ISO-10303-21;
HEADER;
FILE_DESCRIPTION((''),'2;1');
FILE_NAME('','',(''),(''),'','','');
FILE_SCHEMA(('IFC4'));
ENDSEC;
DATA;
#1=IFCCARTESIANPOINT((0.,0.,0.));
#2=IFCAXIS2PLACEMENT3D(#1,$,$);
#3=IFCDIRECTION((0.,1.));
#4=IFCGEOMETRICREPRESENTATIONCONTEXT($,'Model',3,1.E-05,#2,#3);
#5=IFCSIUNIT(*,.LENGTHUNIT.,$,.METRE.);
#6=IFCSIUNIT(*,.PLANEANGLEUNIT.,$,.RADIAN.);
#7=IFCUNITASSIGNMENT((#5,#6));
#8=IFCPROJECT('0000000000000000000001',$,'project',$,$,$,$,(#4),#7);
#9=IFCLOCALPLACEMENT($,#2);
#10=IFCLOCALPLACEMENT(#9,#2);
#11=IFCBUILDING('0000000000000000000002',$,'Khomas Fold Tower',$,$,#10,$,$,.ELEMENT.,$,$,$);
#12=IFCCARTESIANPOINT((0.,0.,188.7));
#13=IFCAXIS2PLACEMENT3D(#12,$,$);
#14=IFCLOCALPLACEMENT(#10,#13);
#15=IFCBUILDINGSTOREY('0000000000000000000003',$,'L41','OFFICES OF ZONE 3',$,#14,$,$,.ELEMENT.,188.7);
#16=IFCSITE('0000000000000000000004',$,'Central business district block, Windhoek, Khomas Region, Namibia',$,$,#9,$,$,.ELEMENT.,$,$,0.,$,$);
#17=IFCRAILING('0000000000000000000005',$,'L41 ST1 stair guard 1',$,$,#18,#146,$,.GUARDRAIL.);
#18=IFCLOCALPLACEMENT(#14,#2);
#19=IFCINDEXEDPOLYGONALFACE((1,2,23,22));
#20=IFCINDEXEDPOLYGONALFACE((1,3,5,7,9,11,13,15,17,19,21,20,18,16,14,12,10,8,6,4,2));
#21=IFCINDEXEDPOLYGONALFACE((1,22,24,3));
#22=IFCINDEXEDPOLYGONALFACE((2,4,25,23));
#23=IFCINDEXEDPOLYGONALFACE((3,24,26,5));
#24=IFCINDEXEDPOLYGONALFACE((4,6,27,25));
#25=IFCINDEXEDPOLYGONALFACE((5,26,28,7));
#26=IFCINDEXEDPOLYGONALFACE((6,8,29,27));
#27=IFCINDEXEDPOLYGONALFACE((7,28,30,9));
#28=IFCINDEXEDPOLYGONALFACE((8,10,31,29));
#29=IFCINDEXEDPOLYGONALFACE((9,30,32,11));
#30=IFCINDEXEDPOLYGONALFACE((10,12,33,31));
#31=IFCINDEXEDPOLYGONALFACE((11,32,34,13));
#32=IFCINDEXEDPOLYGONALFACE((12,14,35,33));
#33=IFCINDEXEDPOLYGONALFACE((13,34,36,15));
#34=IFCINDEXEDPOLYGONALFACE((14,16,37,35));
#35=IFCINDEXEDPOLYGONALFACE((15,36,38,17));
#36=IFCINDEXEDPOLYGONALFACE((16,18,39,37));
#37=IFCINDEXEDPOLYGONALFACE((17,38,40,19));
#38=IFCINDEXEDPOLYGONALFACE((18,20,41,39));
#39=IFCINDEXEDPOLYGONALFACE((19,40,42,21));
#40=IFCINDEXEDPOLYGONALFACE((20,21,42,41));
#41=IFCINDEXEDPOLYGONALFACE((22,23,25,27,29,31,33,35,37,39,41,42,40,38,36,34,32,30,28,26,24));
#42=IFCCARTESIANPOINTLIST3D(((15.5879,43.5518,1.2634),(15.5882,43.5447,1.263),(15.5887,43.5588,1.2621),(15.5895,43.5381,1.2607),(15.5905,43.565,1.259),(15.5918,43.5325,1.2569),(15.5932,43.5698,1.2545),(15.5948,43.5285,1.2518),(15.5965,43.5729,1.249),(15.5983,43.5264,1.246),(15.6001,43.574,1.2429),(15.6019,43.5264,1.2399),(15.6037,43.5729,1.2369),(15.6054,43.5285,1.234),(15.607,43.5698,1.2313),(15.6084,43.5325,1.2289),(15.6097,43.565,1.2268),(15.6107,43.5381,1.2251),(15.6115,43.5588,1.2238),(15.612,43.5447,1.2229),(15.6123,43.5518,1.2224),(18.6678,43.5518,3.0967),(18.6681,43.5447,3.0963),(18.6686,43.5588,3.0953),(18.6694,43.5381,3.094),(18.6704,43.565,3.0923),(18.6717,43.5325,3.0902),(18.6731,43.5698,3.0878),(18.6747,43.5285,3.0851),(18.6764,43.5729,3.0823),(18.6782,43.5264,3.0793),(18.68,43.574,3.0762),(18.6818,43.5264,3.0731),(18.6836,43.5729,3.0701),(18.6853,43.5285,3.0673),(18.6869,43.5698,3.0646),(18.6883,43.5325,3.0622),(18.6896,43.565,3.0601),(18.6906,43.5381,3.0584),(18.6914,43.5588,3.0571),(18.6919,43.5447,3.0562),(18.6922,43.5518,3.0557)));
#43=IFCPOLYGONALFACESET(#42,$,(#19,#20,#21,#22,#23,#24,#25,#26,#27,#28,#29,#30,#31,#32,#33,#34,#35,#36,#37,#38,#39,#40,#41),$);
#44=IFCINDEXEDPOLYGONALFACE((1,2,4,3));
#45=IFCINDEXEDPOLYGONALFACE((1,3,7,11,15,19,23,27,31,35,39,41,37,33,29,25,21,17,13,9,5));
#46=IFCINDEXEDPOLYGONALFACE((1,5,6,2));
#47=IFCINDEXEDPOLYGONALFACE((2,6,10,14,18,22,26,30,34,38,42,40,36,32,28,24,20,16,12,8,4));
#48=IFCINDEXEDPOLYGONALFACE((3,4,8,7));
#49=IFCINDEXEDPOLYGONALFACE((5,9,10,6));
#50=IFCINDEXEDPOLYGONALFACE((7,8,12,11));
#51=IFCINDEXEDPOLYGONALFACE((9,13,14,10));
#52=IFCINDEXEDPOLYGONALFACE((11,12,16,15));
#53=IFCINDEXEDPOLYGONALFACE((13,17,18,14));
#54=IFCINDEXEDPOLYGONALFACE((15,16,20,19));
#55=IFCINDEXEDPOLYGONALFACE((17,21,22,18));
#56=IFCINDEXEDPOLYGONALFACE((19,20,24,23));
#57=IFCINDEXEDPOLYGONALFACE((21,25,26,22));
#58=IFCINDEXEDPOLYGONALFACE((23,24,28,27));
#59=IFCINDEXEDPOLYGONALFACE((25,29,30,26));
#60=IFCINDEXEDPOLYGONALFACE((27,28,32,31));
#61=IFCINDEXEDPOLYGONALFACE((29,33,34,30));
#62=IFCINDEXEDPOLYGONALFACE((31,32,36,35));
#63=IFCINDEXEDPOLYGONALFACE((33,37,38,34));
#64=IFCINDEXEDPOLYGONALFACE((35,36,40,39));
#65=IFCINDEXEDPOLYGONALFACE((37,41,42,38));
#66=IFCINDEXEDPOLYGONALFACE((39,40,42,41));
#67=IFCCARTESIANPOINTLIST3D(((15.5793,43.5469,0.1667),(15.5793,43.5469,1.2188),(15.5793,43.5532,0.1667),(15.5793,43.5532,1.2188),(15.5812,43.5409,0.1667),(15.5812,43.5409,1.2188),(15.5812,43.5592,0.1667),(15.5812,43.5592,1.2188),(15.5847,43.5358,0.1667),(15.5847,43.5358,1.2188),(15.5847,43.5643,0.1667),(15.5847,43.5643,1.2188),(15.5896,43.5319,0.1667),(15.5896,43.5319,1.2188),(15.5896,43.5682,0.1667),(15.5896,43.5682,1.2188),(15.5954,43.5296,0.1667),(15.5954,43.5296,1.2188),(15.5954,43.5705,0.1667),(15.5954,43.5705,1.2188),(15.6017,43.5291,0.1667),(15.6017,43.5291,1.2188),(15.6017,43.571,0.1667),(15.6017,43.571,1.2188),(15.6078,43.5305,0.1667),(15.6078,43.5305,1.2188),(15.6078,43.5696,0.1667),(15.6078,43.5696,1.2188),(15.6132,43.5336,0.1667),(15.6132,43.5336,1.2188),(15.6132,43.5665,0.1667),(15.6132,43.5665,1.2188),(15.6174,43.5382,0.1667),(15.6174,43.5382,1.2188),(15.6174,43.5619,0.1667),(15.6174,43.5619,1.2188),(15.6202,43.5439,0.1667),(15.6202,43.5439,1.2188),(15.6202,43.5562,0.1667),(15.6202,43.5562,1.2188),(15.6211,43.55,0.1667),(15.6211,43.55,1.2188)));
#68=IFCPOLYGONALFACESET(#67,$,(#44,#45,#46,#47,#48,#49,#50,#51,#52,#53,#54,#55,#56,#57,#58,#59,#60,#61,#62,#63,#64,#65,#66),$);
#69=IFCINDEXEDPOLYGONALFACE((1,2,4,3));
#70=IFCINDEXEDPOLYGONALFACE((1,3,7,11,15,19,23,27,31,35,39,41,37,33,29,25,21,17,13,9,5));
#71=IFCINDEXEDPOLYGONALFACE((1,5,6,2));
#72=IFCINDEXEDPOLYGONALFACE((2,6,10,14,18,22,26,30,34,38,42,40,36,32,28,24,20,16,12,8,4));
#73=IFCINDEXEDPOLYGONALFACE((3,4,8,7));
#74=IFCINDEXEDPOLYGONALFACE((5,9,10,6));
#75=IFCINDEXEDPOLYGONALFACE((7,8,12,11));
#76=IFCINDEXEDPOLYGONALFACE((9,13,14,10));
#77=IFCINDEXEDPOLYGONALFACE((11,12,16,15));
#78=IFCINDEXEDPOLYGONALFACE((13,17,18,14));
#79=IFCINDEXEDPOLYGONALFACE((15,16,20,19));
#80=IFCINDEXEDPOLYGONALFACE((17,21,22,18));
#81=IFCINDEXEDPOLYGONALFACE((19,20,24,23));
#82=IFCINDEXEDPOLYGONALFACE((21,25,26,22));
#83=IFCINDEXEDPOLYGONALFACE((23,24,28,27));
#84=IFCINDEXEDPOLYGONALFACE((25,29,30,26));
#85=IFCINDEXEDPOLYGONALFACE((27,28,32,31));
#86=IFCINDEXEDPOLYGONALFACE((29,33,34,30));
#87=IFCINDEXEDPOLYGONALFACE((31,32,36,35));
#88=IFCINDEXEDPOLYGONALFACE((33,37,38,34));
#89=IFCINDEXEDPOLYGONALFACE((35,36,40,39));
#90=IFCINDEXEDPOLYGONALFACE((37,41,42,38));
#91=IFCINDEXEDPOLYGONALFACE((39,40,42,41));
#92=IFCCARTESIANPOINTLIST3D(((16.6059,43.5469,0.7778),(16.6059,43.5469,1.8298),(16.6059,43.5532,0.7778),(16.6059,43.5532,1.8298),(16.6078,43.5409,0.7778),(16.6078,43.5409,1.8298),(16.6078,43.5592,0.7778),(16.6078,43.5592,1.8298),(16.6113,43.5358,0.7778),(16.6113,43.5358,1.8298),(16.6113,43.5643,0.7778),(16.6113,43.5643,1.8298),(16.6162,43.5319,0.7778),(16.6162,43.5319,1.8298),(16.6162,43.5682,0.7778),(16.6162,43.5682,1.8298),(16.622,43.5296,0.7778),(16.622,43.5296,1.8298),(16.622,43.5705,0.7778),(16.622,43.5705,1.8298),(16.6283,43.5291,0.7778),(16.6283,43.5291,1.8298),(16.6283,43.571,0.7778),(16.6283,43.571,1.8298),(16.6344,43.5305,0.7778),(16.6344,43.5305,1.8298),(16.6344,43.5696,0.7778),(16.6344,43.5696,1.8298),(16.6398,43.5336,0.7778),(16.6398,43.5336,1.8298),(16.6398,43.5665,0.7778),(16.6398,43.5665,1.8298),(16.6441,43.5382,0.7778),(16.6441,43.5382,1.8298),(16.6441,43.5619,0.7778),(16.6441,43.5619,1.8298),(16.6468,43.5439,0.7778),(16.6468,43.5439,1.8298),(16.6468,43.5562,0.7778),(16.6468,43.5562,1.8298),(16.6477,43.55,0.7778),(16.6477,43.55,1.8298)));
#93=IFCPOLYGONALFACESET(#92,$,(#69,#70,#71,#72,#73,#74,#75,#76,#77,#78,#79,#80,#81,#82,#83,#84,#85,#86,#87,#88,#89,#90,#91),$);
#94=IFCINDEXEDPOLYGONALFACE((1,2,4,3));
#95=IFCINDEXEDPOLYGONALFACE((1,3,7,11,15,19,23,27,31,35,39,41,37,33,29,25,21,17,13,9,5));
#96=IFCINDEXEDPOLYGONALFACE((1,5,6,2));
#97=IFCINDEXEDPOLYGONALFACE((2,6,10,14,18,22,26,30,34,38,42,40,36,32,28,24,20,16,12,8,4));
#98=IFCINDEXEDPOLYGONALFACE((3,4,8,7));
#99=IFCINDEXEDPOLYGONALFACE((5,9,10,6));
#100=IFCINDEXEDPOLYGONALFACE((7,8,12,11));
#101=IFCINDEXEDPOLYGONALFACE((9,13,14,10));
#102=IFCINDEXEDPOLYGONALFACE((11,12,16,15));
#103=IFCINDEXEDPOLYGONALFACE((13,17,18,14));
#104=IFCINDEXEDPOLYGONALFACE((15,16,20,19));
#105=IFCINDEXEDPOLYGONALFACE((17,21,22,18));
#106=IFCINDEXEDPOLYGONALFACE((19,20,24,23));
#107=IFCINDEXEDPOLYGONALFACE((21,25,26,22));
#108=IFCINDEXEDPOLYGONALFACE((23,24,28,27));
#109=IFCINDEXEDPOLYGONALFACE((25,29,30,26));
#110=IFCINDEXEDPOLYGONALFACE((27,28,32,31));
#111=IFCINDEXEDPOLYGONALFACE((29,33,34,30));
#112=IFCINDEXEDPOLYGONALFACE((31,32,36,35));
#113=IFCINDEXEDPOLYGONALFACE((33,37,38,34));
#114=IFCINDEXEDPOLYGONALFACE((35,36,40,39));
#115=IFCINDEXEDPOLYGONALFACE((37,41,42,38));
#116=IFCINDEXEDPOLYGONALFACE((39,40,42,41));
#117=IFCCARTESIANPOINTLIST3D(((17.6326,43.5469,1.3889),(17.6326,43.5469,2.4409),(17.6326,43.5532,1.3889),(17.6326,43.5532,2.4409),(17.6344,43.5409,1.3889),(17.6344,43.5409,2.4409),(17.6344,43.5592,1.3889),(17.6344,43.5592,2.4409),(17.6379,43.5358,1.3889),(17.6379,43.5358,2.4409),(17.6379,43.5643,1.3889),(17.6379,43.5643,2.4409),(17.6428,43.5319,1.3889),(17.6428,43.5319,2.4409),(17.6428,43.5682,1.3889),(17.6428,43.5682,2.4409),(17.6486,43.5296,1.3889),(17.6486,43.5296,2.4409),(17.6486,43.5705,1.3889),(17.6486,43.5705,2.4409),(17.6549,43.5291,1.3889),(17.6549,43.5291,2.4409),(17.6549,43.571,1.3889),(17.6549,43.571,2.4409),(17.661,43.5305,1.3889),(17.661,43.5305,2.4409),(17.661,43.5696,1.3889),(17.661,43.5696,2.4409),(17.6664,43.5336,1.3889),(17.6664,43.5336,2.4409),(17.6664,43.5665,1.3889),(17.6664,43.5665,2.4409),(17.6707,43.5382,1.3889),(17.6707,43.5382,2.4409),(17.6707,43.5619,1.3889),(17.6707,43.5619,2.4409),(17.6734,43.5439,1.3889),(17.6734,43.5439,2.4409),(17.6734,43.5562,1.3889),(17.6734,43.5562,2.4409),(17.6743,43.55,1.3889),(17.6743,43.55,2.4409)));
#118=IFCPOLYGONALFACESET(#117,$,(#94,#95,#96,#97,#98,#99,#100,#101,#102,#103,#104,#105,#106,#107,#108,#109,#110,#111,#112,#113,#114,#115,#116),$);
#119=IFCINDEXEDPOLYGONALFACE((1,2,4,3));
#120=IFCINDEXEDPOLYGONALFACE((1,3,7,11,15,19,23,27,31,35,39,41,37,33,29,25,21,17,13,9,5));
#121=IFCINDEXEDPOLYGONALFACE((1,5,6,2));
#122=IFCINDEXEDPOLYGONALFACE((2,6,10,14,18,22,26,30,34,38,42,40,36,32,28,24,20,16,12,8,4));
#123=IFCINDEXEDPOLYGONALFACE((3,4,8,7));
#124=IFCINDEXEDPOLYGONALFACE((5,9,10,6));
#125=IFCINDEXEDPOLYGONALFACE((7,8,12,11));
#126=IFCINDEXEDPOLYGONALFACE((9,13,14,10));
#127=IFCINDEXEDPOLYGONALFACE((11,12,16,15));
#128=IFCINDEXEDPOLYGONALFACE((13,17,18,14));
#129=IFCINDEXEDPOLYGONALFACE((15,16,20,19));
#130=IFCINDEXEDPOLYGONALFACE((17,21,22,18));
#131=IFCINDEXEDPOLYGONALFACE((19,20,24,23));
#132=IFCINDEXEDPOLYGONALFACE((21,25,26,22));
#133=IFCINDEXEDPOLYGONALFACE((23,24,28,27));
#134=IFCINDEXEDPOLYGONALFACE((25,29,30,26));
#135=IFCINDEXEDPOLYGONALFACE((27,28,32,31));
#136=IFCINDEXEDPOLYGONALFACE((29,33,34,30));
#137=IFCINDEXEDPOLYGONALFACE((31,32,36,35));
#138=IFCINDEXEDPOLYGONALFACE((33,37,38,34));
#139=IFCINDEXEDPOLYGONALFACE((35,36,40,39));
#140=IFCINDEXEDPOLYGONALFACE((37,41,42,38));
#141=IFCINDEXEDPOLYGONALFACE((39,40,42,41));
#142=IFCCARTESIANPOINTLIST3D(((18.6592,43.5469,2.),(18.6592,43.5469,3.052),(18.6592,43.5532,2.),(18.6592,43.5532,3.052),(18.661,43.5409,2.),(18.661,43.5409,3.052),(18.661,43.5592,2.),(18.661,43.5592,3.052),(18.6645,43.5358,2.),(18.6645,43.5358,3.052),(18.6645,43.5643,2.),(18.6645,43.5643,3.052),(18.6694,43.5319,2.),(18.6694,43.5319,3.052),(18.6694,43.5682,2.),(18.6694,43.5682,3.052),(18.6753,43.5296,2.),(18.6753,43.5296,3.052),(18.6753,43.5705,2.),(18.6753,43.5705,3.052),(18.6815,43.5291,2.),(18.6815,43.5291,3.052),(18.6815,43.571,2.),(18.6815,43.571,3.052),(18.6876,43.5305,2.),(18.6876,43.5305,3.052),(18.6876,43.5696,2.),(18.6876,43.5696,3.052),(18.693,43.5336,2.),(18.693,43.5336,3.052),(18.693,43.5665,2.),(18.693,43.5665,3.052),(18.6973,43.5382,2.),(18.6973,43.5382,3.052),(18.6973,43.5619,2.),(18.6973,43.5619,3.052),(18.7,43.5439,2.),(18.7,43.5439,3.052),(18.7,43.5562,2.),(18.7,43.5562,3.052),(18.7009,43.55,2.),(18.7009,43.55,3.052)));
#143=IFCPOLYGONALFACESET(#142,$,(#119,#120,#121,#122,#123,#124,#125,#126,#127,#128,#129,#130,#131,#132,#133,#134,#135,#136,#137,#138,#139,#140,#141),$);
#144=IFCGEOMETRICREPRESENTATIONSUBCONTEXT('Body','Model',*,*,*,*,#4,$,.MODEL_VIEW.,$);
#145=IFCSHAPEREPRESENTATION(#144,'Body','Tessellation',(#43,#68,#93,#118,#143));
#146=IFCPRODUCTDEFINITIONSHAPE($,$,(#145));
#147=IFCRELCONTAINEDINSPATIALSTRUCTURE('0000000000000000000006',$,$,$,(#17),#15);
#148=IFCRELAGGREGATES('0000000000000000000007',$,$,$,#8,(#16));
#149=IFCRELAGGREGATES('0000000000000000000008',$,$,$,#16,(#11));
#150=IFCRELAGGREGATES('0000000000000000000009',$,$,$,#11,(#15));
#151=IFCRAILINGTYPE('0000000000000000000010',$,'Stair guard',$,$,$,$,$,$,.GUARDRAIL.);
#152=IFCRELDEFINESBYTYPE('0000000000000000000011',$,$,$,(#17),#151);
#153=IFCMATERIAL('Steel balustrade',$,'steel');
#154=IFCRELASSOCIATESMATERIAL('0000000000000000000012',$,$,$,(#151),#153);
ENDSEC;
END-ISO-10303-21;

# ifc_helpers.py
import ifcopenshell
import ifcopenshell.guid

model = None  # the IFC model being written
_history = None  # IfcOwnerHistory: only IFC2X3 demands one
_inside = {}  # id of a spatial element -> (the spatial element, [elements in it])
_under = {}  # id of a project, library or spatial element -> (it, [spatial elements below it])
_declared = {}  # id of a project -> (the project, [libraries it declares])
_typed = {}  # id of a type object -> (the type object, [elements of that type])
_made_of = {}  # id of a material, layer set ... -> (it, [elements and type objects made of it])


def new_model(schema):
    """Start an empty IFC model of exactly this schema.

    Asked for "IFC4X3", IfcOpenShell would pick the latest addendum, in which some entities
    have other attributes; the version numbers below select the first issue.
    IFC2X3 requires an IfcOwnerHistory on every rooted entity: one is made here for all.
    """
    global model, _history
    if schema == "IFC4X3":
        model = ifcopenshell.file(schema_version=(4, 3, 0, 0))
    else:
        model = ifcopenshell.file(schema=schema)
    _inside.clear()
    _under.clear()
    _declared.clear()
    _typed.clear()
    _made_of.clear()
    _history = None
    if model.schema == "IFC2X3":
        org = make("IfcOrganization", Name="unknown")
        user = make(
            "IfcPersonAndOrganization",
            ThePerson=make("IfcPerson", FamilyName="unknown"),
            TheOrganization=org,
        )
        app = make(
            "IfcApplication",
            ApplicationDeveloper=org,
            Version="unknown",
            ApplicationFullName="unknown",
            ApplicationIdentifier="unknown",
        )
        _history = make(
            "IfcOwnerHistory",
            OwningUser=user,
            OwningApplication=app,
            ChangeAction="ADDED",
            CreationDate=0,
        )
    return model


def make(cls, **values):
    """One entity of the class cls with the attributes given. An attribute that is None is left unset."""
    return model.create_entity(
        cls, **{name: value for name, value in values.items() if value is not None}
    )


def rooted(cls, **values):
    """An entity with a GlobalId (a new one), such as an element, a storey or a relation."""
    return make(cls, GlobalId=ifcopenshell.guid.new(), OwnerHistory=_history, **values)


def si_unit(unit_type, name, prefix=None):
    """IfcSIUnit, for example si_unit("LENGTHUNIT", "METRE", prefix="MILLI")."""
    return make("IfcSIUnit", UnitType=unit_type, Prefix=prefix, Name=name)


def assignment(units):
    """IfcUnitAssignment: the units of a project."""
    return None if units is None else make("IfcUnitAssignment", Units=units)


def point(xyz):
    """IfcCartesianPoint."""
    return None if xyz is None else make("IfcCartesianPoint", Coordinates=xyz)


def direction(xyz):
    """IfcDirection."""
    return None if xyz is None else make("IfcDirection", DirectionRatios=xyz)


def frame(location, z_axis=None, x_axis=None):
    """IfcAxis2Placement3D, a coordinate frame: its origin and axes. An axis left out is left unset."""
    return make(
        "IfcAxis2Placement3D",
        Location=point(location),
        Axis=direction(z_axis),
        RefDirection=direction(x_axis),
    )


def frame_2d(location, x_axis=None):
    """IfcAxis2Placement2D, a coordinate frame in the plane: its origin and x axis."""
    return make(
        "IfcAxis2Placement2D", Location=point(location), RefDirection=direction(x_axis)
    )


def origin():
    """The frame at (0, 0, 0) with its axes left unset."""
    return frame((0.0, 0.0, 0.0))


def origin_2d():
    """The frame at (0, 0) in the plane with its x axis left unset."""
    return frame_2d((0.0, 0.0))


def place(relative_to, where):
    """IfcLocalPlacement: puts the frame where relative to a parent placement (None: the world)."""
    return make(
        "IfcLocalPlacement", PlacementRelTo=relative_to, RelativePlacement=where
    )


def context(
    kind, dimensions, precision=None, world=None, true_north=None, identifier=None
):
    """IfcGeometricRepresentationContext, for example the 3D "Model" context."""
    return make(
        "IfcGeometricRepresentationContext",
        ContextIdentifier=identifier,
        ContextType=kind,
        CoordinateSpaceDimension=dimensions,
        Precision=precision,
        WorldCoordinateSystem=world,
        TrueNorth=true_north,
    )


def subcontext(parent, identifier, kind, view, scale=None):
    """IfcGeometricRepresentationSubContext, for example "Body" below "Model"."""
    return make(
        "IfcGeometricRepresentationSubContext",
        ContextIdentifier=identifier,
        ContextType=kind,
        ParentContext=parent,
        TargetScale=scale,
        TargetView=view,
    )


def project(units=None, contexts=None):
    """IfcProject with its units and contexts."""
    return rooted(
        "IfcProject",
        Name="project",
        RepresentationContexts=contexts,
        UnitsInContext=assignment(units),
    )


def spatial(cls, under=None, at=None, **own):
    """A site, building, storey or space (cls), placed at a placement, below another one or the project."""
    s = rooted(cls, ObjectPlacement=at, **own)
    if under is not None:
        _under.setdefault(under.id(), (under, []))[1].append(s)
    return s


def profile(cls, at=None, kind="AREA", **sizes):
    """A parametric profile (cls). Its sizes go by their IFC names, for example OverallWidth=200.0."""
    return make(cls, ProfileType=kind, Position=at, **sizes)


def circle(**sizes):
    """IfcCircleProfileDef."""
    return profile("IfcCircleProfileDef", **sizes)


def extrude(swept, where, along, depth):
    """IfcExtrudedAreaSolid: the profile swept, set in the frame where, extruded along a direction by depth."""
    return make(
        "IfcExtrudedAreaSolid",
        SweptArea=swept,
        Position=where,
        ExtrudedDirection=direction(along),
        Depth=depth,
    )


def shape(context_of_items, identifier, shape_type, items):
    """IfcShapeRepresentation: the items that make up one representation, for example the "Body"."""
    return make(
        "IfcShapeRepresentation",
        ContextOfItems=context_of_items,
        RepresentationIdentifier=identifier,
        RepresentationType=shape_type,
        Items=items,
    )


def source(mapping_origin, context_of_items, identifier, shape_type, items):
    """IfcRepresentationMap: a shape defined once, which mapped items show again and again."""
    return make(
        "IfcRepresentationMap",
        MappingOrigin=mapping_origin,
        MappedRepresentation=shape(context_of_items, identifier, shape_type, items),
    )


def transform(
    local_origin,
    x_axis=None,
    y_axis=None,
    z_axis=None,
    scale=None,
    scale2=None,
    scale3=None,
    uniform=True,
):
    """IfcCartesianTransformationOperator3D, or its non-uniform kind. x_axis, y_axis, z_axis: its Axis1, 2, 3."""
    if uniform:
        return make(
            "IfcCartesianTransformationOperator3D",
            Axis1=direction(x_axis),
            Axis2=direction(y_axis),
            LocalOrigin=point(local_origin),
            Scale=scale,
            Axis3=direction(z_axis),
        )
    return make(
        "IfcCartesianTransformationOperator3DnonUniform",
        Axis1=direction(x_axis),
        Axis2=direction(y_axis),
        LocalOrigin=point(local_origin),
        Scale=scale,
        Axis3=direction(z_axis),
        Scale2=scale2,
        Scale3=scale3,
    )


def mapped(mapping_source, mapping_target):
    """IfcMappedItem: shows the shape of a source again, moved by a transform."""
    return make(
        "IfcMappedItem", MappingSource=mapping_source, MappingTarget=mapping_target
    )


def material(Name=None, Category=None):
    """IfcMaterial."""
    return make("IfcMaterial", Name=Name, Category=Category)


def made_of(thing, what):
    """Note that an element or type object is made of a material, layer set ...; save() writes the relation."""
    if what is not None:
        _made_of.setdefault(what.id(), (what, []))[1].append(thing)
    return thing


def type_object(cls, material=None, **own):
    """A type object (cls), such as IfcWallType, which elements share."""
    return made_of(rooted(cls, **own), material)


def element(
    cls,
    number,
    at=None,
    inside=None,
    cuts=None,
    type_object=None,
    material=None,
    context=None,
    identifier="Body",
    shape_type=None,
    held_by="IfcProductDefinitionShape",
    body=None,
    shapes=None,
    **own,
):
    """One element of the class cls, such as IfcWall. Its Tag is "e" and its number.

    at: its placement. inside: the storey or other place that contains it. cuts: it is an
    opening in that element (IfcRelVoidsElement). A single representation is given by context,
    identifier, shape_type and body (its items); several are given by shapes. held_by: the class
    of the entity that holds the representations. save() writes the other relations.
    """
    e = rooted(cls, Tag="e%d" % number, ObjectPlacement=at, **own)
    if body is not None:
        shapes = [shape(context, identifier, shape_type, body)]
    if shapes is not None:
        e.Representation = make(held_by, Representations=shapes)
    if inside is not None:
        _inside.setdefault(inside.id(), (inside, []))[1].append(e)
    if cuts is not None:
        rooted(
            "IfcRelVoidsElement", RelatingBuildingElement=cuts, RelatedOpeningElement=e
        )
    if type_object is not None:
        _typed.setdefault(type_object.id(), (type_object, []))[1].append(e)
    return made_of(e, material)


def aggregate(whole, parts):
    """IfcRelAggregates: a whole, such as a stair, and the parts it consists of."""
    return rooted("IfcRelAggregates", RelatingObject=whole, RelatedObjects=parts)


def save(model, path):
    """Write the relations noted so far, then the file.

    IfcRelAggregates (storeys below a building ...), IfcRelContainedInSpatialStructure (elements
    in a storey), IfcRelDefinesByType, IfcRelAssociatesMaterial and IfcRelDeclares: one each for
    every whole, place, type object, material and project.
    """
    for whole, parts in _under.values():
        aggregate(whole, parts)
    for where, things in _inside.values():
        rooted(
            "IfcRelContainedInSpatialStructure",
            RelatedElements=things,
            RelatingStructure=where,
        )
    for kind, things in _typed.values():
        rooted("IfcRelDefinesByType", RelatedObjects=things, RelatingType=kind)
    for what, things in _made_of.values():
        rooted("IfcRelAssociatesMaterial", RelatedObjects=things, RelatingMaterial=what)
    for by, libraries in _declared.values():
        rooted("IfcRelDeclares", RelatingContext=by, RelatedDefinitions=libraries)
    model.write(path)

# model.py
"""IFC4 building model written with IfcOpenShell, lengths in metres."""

from ifc_helpers import new_model, si_unit, direction, frame, origin, origin_2d, place, context, subcontext, project, spatial, circle, extrude, source, transform, mapped, material, type_object, element, save


model = new_model("IFC4")

# Units and contexts
model_context = context("Model", 3, precision=1e-05, world=origin(), true_north=direction((0.0, 1.0)))
body_context = subcontext(model_context, "Body", "Model", "MODEL_VIEW")
ifc_project = project(units=[si_unit("LENGTHUNIT", "METRE"), si_unit("PLANEANGLEUNIT", "RADIAN")], contexts=[model_context])

# Site, building, storey
site_placement = place(None, origin())
site = spatial("IfcSite", under=ifc_project, at=site_placement, Name="Central business district block, Windhoek, Khomas Region, Namibia", CompositionType="ELEMENT", RefElevation=0.0)
building_placement = place(site_placement, origin())
building = spatial("IfcBuilding", under=site, at=building_placement, Name="Khomas Fold Tower", CompositionType="ELEMENT")
storey_placement = place(building_placement, frame((0.0, 0.0, 188.7)))
storey = spatial("IfcBuildingStorey", under=building, at=storey_placement, Name="L41", Description="OFFICES OF ZONE 3", CompositionType="ELEMENT", Elevation=188.7)

# Railing
ifc_material_1 = material(Name="Steel balustrade", Category="steel")
railing_type_1 = type_object("IfcRailingType", Name="Stair guard", PredefinedType="GUARDRAIL", material=ifc_material_1)
shared_shape_1 = source(origin(), body_context, "Body", "SweptSolid", [
    extrude(circle(Radius=0.0239, at=origin_2d()), frame((0.0, 0.0, 1.0762), z_axis=(0.859291, 0.0, 0.511487), x_axis=(0.0, 1.0, 0.0)), (0.0, 0.0, 1.0), 3.5842),
    extrude(circle(Radius=0.021, at=origin_2d()), origin(), (0.0, 0.0, 1.0), 1.052),
    extrude(circle(Radius=0.021, at=origin_2d()), frame((1.0266, 0.0, 0.6111)), (0.0, 0.0, 1.0), 1.052),
    extrude(circle(Radius=0.021, at=origin_2d()), frame((2.0532, 0.0, 1.2222)), (0.0, 0.0, 1.0), 1.052),
    extrude(circle(Radius=0.021, at=origin_2d()), frame((3.0798, 0.0, 1.8333)), (0.0, 0.0, 1.0), 1.052),
])
railing_1_placement = place(storey_placement, frame((15.6001, 43.55, 0.1667)))
element("IfcRailing", 1, at=railing_1_placement, inside=storey, type_object=railing_type_1, Name="L41 ST1 stair guard 1", PredefinedType="GUARDRAIL", context=body_context, shape_type="MappedRepresentation", body=[
    mapped(shared_shape_1, transform((0.0, 0.0, 0.0))),
])

save(model, "model.ifc")
